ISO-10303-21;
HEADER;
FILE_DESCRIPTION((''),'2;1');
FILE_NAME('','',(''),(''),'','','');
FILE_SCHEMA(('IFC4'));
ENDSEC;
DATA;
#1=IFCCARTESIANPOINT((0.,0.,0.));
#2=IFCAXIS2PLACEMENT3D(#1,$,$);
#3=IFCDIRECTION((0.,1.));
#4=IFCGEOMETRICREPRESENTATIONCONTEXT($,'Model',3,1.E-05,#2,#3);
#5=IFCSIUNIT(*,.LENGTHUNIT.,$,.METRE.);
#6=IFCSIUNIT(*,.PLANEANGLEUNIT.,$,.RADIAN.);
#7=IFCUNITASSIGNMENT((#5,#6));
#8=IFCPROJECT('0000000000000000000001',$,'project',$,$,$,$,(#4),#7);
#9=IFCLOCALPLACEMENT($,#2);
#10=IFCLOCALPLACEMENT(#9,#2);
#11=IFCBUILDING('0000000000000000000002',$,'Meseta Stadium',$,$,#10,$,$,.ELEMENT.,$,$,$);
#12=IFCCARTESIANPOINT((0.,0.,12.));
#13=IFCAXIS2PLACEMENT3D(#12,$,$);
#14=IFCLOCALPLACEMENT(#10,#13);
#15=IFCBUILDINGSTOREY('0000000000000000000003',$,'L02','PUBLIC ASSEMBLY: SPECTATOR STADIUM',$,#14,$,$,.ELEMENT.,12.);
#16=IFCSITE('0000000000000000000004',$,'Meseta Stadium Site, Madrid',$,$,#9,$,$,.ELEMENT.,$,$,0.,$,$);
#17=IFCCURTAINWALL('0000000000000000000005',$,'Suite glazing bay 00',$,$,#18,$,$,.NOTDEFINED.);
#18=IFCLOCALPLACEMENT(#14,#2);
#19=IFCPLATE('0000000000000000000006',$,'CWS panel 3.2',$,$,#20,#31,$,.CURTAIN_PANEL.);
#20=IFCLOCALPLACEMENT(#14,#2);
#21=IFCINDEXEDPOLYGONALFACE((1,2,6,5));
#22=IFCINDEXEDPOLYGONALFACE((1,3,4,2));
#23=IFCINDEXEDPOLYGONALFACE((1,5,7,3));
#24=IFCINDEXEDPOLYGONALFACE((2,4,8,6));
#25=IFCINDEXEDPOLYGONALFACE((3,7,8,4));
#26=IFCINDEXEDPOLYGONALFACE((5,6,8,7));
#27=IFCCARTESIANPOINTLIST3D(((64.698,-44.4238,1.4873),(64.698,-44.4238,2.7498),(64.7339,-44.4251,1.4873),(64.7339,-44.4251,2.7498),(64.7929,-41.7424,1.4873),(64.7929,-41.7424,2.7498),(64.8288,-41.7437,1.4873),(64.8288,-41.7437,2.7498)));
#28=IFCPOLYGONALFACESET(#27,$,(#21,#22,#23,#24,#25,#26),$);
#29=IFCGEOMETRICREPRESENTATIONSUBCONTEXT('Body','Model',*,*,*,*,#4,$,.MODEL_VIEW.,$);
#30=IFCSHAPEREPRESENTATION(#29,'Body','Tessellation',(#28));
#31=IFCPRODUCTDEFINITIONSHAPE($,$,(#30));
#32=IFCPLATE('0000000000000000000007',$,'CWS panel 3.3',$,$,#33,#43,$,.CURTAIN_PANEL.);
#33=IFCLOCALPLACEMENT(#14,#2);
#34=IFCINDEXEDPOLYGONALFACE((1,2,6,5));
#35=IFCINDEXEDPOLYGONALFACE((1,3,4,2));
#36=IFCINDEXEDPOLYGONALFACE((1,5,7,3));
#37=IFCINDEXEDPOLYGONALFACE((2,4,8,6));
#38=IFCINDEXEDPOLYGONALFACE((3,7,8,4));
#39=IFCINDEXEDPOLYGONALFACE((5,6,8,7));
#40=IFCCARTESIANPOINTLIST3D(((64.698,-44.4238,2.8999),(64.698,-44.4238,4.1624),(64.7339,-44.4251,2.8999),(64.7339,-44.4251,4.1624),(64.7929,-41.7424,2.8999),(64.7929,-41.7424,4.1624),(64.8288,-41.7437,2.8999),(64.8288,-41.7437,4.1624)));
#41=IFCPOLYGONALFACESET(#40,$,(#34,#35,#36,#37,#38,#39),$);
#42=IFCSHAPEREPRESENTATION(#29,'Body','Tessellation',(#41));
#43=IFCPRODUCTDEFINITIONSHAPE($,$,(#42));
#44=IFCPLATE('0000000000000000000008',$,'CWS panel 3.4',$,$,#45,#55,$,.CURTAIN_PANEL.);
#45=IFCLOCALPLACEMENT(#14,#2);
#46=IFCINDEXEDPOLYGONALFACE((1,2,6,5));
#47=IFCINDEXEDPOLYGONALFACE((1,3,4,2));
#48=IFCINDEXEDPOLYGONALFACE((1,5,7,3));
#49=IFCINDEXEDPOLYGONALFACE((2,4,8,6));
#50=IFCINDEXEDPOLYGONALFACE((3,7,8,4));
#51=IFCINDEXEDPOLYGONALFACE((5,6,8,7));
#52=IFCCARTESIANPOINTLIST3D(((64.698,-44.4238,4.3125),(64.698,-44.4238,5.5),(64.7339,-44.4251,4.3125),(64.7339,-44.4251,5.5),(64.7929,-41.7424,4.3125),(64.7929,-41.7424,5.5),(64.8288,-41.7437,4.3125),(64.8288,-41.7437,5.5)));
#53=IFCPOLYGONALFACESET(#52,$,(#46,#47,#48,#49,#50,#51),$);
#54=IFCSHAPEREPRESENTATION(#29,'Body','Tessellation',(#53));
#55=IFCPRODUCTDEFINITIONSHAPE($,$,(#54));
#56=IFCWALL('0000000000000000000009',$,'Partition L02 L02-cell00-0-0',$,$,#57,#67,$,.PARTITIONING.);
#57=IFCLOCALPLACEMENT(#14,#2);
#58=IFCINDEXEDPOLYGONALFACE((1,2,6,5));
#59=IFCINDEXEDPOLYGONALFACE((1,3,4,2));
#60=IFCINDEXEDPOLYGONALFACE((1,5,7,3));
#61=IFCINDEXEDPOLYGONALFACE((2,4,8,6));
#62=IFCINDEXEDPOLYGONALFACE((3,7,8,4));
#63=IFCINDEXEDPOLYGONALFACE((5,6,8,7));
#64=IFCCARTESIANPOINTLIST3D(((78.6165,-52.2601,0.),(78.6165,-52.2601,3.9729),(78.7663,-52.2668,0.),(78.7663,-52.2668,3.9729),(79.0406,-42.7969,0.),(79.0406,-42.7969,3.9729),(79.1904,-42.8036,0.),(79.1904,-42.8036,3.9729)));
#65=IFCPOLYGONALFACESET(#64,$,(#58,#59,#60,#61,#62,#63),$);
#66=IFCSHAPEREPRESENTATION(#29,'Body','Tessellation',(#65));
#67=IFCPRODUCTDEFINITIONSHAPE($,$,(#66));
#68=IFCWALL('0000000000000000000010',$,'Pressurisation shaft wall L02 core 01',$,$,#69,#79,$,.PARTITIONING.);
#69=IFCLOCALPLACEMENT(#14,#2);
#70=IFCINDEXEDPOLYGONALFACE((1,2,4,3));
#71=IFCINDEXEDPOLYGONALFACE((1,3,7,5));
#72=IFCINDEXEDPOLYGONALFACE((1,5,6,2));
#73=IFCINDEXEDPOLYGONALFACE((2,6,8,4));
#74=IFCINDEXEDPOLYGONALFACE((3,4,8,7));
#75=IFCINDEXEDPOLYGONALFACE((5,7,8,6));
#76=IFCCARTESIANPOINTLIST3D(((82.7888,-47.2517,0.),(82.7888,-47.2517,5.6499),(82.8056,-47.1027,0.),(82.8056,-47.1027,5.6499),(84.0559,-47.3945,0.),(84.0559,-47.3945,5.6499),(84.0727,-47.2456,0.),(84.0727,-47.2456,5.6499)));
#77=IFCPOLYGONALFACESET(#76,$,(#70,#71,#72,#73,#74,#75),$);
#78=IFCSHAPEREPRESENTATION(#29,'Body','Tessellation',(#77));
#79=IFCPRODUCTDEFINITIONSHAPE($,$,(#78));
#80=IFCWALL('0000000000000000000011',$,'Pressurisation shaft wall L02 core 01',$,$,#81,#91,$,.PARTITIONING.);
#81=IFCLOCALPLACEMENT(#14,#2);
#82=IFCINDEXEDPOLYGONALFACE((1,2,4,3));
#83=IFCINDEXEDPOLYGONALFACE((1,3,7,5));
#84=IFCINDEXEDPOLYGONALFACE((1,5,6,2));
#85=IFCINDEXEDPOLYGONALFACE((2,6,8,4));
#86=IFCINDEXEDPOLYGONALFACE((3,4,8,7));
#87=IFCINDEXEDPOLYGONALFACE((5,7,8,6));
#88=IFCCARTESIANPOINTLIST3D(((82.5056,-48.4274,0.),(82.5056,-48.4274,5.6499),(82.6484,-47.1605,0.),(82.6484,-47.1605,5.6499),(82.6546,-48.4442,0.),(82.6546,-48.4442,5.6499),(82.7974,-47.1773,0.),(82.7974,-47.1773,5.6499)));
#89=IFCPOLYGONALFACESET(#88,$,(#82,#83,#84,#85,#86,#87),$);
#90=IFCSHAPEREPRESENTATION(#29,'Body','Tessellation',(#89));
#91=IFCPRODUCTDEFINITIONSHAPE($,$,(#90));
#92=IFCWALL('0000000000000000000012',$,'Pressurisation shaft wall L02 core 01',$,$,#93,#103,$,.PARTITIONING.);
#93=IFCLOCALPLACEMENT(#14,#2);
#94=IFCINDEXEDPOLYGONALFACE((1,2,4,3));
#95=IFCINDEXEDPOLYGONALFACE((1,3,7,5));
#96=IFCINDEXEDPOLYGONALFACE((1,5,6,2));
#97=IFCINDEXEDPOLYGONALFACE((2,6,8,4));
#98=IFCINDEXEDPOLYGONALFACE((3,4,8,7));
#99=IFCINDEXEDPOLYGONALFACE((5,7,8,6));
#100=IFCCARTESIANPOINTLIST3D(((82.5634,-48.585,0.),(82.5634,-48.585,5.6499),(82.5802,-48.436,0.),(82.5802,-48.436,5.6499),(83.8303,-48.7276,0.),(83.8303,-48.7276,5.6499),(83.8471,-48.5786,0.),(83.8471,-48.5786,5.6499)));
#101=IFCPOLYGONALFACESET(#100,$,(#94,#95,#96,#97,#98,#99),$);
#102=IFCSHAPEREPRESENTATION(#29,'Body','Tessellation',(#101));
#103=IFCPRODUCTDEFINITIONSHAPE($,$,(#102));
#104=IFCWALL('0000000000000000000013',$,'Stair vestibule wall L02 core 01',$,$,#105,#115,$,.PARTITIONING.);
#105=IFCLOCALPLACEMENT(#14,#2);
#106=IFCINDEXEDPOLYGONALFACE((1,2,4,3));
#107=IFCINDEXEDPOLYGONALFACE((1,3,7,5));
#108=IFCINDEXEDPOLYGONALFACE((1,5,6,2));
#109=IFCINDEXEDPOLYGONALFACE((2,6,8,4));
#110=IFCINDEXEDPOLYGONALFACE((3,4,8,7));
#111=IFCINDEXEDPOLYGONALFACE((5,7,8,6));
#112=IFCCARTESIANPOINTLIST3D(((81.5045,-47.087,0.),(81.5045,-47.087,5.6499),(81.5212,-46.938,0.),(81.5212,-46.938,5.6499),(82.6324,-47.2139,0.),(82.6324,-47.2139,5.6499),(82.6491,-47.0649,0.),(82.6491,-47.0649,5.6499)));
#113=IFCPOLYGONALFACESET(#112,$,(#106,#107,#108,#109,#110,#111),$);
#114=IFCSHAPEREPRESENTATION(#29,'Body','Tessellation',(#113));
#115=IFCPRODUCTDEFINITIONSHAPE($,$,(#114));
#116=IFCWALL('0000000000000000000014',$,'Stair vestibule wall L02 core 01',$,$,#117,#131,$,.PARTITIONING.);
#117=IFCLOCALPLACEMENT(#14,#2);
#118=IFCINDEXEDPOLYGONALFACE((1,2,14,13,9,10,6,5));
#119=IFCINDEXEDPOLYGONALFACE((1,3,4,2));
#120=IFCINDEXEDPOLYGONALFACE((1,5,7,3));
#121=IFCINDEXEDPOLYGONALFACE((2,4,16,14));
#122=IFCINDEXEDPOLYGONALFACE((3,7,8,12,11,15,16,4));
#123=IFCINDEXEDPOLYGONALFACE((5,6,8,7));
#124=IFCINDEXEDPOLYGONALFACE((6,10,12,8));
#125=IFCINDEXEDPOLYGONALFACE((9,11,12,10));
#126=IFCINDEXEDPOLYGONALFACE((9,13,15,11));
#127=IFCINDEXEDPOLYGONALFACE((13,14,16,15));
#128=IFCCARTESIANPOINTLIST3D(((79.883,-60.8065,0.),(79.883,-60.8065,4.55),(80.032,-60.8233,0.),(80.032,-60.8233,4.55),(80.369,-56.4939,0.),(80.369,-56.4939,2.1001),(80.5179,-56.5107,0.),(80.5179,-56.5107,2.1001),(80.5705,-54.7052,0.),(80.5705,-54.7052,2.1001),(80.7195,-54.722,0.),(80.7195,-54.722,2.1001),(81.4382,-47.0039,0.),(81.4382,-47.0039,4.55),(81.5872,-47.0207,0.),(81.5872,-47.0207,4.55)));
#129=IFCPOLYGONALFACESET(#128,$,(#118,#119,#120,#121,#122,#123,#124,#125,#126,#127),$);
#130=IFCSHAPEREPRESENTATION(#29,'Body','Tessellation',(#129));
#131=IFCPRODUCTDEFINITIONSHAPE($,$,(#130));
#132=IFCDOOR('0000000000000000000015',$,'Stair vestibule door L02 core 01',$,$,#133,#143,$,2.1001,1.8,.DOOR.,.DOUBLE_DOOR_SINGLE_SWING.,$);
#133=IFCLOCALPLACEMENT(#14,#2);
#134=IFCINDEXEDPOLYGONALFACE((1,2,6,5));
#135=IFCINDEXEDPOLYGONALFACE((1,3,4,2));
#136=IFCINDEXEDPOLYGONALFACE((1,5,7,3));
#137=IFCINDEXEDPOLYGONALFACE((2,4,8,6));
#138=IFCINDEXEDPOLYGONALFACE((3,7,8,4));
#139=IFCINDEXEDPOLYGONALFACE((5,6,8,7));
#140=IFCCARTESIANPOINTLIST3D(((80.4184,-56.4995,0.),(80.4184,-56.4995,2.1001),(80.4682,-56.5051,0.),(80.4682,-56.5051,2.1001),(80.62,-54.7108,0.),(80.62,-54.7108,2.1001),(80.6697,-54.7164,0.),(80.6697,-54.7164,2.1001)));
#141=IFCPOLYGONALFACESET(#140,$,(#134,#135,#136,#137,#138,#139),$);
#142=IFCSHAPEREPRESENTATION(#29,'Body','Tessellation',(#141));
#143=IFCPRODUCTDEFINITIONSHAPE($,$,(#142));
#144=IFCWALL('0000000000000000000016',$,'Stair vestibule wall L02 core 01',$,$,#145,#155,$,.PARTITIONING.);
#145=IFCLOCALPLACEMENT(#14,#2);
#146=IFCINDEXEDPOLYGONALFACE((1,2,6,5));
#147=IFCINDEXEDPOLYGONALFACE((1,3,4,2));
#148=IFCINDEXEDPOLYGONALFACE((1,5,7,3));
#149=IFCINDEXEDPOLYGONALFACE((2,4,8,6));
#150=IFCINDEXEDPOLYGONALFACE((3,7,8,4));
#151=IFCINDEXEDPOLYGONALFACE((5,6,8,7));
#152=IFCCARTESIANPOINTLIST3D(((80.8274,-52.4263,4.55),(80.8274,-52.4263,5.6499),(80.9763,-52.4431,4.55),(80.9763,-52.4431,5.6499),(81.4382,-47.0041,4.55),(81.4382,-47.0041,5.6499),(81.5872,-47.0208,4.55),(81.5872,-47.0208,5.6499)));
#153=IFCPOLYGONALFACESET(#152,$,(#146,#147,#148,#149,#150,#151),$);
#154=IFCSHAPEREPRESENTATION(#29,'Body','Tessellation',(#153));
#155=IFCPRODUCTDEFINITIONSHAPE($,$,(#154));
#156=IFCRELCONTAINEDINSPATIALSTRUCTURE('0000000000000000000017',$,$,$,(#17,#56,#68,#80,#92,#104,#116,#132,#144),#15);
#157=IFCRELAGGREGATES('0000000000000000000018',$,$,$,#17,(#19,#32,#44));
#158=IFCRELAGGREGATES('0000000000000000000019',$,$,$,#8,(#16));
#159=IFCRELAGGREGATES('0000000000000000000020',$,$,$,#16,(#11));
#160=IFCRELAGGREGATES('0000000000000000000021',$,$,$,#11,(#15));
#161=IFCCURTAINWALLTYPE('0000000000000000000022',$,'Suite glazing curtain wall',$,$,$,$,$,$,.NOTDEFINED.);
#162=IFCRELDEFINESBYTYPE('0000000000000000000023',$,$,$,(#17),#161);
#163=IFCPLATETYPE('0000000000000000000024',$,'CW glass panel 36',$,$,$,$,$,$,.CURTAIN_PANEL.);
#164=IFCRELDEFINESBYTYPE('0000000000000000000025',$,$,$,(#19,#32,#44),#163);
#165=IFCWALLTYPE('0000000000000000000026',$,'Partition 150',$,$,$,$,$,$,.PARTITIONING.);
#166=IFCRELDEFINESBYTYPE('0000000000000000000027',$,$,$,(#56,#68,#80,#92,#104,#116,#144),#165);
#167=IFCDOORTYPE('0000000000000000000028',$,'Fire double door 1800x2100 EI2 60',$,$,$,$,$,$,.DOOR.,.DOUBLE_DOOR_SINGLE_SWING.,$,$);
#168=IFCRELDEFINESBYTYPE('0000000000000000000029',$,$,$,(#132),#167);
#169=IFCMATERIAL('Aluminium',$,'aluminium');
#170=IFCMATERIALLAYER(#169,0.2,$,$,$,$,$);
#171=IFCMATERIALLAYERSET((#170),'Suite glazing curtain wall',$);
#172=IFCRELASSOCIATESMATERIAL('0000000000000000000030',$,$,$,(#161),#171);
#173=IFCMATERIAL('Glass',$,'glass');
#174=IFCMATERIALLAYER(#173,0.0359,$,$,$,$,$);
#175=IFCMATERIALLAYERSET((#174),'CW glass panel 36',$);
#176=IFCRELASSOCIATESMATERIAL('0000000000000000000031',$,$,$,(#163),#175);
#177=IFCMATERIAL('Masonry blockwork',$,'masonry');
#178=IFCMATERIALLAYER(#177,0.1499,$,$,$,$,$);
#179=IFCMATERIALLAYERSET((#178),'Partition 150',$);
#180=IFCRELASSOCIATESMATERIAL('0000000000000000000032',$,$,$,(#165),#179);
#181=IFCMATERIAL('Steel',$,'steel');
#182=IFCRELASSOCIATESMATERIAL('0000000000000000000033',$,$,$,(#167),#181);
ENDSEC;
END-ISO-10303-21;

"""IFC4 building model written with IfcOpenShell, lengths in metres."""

from ifc_helpers import new_model, si_unit, direction, frame, frame_2d, origin, origin_2d, place, context, subcontext, project, spatial, rectangle, extrude, material, layer, layer_set, type_object, element, fill, aggregate, save


model = new_model("IFC4")

# Units and contexts
model_context = context("Model", 3, precision=1e-05, world=origin(), true_north=direction((0.0, 1.0)))
body_context = subcontext(model_context, "Body", "Model", "MODEL_VIEW")
ifc_project = project(units=[si_unit("LENGTHUNIT", "METRE"), si_unit("PLANEANGLEUNIT", "RADIAN")], contexts=[model_context])

# Site, building, storey
site_placement = place(None, origin())
site = spatial("IfcSite", under=ifc_project, at=site_placement, Name="Meseta Stadium Site, Madrid", CompositionType="ELEMENT", RefElevation=0.0)
building_placement = place(site_placement, origin())
building = spatial("IfcBuilding", under=site, at=building_placement, Name="Meseta Stadium", CompositionType="ELEMENT")
storey_placement = place(building_placement, frame((0.0, 0.0, 12.0)))
storey = spatial("IfcBuildingStorey", under=building, at=storey_placement, Name="L02", Description="PUBLIC ASSEMBLY: SPECTATOR STADIUM", CompositionType="ELEMENT", Elevation=12.0)

# Curtain wall
ifc_material_1 = material(Name="Aluminium", Category="aluminium")
ifc_layer_1 = layer(ifc_material_1, 0.2)
ifc_layer_set_1 = layer_set([ifc_layer_1], Name="Suite glazing curtain wall")
curtain_wall_type = type_object("IfcCurtainWallType", Name="Suite glazing curtain wall", PredefinedType="NOTDEFINED", material=ifc_layer_set_1)
curtain_wall_placement = place(storey_placement, origin())
curtain_wall = element("IfcCurtainWall", 1, at=curtain_wall_placement, inside=storey, type_object=curtain_wall_type, Name="Suite glazing bay 00", PredefinedType="NOTDEFINED")

# Plates
ifc_material_2 = material(Name="Glass", Category="glass")
ifc_layer_2 = layer(ifc_material_2, 0.0359)
ifc_layer_set_2 = layer_set([ifc_layer_2], Name="CW glass panel 36")
plate_type = type_object("IfcPlateType", Name="CW glass panel 36", PredefinedType="CURTAIN_PANEL", material=ifc_layer_set_2)
plate_1_placement = place(storey_placement, frame((64.7634, -43.0837, 1.4873), z_axis=(0.0, 0.0, 1.0), x_axis=(0.035371, 0.999374, 0.0)))
plate_1 = element("IfcPlate", 2, at=plate_1_placement, type_object=plate_type, Name="CWS panel 3.2", PredefinedType="CURTAIN_PANEL", context=body_context, shape_type="SweptSolid", body=[
    extrude(rectangle(XDim=2.6831, YDim=0.0359, at=origin_2d()), origin(), (0.0, 0.0, 1.0), 1.2625),
])
plate_2_placement = place(storey_placement, frame((64.7634, -43.0837, 2.8999), z_axis=(0.0, 0.0, 1.0), x_axis=(0.035371, 0.999374, 0.0)))
plate_2 = element("IfcPlate", 3, at=plate_2_placement, type_object=plate_type, Name="CWS panel 3.3", PredefinedType="CURTAIN_PANEL", context=body_context, shape_type="SweptSolid", body=[
    extrude(rectangle(XDim=2.6831, YDim=0.0359, at=origin_2d()), origin(), (0.0, 0.0, 1.0), 1.2625),
])
plate_3_placement = place(storey_placement, frame((64.7634, -43.0837, 4.3125), z_axis=(0.0, 0.0, 1.0), x_axis=(0.035371, 0.999374, 0.0)))
plate_3 = element("IfcPlate", 4, at=plate_3_placement, type_object=plate_type, Name="CWS panel 3.4", PredefinedType="CURTAIN_PANEL", context=body_context, shape_type="SweptSolid", body=[
    extrude(rectangle(XDim=2.6831, YDim=0.0359, at=origin_2d()), origin(), (0.0, 0.0, 1.0), 1.1875),
])
aggregate(curtain_wall, [plate_1, plate_2, plate_3])

# Walls
ifc_material_3 = material(Name="Masonry blockwork", Category="masonry")
ifc_layer_3 = layer(ifc_material_3, 0.1499)
ifc_layer_set_3 = layer_set([ifc_layer_3], Name="Partition 150")
wall_type = type_object("IfcWallType", Name="Partition 150", PredefinedType="PARTITIONING", material=ifc_layer_set_3)
wall_1_placement = place(storey_placement, frame((79.1155, -42.8003, 0.0), z_axis=(0.0, 0.0, 1.0), x_axis=(-0.044768, -0.998997, 0.0)))
element("IfcWall", 5, at=wall_1_placement, inside=storey, type_object=wall_type, Name="Partition L02 L02-cell00-0-0", PredefinedType="PARTITIONING", context=body_context, shape_type="SweptSolid", body=[
    extrude(rectangle(XDim=9.4727, YDim=0.1499, at=frame_2d((4.7363, 0.0))), origin(), (0.0, 0.0, 1.0), 3.9729),
])
wall_2_placement = place(storey_placement, frame((84.0645, -47.3201, 0.0), z_axis=(0.0, 0.0, 1.0), x_axis=(-0.993707, 0.112007, 0.0)))
element("IfcWall", 6, at=wall_2_placement, inside=storey, type_object=wall_type, Name="Pressurisation shaft wall L02 core 01", PredefinedType="PARTITIONING", context=body_context, shape_type="SweptSolid", body=[
    extrude(rectangle(XDim=1.2751, YDim=0.1499, at=frame_2d((0.6377, 0.0))), origin(), (0.0, 0.0, 1.0), 5.6499),
])
for number, where, z_axis, x_axis, name in (
    (7, (82.7229, -47.1689, 0.0), (0.0, 0.0, 1.0), (-0.112029, -0.993705, 0.0), "Pressurisation shaft wall L02 core 01"),
    (8, (82.5718, -48.5105, 0.0), (0.0, 0.0, 1.0), (0.993726, -0.11184, 0.0), "Pressurisation shaft wall L02 core 01"),
):
    element("IfcWall", number, at=place(storey_placement, frame(where, z_axis=z_axis, x_axis=x_axis)), inside=storey, type_object=wall_type, Name=name, PredefinedType="PARTITIONING", context=body_context, shape_type="SweptSolid", body=[
        extrude(rectangle(XDim=1.2749, YDim=0.1499, at=frame_2d((0.6375, 0.0))), origin(), (0.0, 0.0, 1.0), 5.6499),
    ])
wall_3_placement = place(storey_placement, frame((82.6406, -47.1394, 0.0), z_axis=(0.0, 0.0, 1.0), x_axis=(-0.993725, 0.111848, 0.0)))
element("IfcWall", 9, at=wall_3_placement, inside=storey, type_object=wall_type, Name="Stair vestibule wall L02 core 01", PredefinedType="PARTITIONING", context=body_context, shape_type="SweptSolid", body=[
    extrude(rectangle(XDim=1.135, YDim=0.1499, at=frame_2d((0.5674, 0.0))), origin(), (0.0, 0.0, 1.0), 5.6499),
])

# Wall, opening, door
wall_4_placement = place(storey_placement, frame((81.5127, -47.0125, 0.0), z_axis=(0.0, 0.0, 1.0), x_axis=(-0.111965, -0.993712, 0.0)))
wall_4 = element("IfcWall", 10, at=wall_4_placement, inside=storey, type_object=wall_type, Name="Stair vestibule wall L02 core 01", PredefinedType="PARTITIONING", context=body_context, shape_type="SweptSolid", body=[
    extrude(rectangle(XDim=13.8899, YDim=0.1499, at=frame_2d((6.9448, 0.0))), origin(), (0.0, 0.0, 1.0), 4.55),
])
opening_placement = place(wall_4_placement, frame((7.75, 0.0, 0.0)))
opening = element("IfcOpeningElement", 11, at=opening_placement, cuts=wall_4, PredefinedType="OPENING", context=body_context, shape_type="SweptSolid", body=[
    extrude(rectangle(XDim=1.8, YDim=2.1001, at=frame_2d((0.8999, 1.05))), frame((0.0, 0.085, 0.0), z_axis=(0.0, -1.0, 0.0), x_axis=(1.0, 0.0, 0.0)), (0.0, 0.0, 1.0), 0.1699),
])
ifc_material_4 = material(Name="Steel", Category="steel")
door_type = type_object("IfcDoorType", Name="Fire double door 1800x2100 EI2 60", OperationType="DOUBLE_DOOR_SINGLE_SWING", PredefinedType="DOOR", material=ifc_material_4)
door_placement = place(opening_placement, origin())
door = element("IfcDoor", 12, at=door_placement, inside=storey, type_object=door_type, Name="Stair vestibule door L02 core 01", OperationType="DOUBLE_DOOR_SINGLE_SWING", OverallHeight=2.1001, OverallWidth=1.8, PredefinedType="DOOR", context=body_context, shape_type="SweptSolid", body=[
    extrude(rectangle(XDim=1.8, YDim=2.1001, at=frame_2d((0.8999, 1.05))), frame((0.0, 0.0249, 0.0), z_axis=(0.0, -1.0, 0.0), x_axis=(1.0, 0.0, 0.0)), (0.0, 0.0, 1.0), 0.05),
])
fill(opening, door)

# Wall
wall_5_placement = place(storey_placement, frame((81.5127, -47.0125, 4.55), z_axis=(0.0, 0.0, 1.0), x_axis=(-0.111944, -0.993715, 0.0)))
element("IfcWall", 13, at=wall_5_placement, inside=storey, type_object=wall_type, Name="Stair vestibule wall L02 core 01", PredefinedType="PARTITIONING", context=body_context, shape_type="SweptSolid", body=[
    extrude(rectangle(XDim=5.4565, YDim=0.1499, at=frame_2d((2.7283, 0.0))), origin(), (0.0, 0.0, 1.0), 1.0999),
])

save(model, "model.ifc")
